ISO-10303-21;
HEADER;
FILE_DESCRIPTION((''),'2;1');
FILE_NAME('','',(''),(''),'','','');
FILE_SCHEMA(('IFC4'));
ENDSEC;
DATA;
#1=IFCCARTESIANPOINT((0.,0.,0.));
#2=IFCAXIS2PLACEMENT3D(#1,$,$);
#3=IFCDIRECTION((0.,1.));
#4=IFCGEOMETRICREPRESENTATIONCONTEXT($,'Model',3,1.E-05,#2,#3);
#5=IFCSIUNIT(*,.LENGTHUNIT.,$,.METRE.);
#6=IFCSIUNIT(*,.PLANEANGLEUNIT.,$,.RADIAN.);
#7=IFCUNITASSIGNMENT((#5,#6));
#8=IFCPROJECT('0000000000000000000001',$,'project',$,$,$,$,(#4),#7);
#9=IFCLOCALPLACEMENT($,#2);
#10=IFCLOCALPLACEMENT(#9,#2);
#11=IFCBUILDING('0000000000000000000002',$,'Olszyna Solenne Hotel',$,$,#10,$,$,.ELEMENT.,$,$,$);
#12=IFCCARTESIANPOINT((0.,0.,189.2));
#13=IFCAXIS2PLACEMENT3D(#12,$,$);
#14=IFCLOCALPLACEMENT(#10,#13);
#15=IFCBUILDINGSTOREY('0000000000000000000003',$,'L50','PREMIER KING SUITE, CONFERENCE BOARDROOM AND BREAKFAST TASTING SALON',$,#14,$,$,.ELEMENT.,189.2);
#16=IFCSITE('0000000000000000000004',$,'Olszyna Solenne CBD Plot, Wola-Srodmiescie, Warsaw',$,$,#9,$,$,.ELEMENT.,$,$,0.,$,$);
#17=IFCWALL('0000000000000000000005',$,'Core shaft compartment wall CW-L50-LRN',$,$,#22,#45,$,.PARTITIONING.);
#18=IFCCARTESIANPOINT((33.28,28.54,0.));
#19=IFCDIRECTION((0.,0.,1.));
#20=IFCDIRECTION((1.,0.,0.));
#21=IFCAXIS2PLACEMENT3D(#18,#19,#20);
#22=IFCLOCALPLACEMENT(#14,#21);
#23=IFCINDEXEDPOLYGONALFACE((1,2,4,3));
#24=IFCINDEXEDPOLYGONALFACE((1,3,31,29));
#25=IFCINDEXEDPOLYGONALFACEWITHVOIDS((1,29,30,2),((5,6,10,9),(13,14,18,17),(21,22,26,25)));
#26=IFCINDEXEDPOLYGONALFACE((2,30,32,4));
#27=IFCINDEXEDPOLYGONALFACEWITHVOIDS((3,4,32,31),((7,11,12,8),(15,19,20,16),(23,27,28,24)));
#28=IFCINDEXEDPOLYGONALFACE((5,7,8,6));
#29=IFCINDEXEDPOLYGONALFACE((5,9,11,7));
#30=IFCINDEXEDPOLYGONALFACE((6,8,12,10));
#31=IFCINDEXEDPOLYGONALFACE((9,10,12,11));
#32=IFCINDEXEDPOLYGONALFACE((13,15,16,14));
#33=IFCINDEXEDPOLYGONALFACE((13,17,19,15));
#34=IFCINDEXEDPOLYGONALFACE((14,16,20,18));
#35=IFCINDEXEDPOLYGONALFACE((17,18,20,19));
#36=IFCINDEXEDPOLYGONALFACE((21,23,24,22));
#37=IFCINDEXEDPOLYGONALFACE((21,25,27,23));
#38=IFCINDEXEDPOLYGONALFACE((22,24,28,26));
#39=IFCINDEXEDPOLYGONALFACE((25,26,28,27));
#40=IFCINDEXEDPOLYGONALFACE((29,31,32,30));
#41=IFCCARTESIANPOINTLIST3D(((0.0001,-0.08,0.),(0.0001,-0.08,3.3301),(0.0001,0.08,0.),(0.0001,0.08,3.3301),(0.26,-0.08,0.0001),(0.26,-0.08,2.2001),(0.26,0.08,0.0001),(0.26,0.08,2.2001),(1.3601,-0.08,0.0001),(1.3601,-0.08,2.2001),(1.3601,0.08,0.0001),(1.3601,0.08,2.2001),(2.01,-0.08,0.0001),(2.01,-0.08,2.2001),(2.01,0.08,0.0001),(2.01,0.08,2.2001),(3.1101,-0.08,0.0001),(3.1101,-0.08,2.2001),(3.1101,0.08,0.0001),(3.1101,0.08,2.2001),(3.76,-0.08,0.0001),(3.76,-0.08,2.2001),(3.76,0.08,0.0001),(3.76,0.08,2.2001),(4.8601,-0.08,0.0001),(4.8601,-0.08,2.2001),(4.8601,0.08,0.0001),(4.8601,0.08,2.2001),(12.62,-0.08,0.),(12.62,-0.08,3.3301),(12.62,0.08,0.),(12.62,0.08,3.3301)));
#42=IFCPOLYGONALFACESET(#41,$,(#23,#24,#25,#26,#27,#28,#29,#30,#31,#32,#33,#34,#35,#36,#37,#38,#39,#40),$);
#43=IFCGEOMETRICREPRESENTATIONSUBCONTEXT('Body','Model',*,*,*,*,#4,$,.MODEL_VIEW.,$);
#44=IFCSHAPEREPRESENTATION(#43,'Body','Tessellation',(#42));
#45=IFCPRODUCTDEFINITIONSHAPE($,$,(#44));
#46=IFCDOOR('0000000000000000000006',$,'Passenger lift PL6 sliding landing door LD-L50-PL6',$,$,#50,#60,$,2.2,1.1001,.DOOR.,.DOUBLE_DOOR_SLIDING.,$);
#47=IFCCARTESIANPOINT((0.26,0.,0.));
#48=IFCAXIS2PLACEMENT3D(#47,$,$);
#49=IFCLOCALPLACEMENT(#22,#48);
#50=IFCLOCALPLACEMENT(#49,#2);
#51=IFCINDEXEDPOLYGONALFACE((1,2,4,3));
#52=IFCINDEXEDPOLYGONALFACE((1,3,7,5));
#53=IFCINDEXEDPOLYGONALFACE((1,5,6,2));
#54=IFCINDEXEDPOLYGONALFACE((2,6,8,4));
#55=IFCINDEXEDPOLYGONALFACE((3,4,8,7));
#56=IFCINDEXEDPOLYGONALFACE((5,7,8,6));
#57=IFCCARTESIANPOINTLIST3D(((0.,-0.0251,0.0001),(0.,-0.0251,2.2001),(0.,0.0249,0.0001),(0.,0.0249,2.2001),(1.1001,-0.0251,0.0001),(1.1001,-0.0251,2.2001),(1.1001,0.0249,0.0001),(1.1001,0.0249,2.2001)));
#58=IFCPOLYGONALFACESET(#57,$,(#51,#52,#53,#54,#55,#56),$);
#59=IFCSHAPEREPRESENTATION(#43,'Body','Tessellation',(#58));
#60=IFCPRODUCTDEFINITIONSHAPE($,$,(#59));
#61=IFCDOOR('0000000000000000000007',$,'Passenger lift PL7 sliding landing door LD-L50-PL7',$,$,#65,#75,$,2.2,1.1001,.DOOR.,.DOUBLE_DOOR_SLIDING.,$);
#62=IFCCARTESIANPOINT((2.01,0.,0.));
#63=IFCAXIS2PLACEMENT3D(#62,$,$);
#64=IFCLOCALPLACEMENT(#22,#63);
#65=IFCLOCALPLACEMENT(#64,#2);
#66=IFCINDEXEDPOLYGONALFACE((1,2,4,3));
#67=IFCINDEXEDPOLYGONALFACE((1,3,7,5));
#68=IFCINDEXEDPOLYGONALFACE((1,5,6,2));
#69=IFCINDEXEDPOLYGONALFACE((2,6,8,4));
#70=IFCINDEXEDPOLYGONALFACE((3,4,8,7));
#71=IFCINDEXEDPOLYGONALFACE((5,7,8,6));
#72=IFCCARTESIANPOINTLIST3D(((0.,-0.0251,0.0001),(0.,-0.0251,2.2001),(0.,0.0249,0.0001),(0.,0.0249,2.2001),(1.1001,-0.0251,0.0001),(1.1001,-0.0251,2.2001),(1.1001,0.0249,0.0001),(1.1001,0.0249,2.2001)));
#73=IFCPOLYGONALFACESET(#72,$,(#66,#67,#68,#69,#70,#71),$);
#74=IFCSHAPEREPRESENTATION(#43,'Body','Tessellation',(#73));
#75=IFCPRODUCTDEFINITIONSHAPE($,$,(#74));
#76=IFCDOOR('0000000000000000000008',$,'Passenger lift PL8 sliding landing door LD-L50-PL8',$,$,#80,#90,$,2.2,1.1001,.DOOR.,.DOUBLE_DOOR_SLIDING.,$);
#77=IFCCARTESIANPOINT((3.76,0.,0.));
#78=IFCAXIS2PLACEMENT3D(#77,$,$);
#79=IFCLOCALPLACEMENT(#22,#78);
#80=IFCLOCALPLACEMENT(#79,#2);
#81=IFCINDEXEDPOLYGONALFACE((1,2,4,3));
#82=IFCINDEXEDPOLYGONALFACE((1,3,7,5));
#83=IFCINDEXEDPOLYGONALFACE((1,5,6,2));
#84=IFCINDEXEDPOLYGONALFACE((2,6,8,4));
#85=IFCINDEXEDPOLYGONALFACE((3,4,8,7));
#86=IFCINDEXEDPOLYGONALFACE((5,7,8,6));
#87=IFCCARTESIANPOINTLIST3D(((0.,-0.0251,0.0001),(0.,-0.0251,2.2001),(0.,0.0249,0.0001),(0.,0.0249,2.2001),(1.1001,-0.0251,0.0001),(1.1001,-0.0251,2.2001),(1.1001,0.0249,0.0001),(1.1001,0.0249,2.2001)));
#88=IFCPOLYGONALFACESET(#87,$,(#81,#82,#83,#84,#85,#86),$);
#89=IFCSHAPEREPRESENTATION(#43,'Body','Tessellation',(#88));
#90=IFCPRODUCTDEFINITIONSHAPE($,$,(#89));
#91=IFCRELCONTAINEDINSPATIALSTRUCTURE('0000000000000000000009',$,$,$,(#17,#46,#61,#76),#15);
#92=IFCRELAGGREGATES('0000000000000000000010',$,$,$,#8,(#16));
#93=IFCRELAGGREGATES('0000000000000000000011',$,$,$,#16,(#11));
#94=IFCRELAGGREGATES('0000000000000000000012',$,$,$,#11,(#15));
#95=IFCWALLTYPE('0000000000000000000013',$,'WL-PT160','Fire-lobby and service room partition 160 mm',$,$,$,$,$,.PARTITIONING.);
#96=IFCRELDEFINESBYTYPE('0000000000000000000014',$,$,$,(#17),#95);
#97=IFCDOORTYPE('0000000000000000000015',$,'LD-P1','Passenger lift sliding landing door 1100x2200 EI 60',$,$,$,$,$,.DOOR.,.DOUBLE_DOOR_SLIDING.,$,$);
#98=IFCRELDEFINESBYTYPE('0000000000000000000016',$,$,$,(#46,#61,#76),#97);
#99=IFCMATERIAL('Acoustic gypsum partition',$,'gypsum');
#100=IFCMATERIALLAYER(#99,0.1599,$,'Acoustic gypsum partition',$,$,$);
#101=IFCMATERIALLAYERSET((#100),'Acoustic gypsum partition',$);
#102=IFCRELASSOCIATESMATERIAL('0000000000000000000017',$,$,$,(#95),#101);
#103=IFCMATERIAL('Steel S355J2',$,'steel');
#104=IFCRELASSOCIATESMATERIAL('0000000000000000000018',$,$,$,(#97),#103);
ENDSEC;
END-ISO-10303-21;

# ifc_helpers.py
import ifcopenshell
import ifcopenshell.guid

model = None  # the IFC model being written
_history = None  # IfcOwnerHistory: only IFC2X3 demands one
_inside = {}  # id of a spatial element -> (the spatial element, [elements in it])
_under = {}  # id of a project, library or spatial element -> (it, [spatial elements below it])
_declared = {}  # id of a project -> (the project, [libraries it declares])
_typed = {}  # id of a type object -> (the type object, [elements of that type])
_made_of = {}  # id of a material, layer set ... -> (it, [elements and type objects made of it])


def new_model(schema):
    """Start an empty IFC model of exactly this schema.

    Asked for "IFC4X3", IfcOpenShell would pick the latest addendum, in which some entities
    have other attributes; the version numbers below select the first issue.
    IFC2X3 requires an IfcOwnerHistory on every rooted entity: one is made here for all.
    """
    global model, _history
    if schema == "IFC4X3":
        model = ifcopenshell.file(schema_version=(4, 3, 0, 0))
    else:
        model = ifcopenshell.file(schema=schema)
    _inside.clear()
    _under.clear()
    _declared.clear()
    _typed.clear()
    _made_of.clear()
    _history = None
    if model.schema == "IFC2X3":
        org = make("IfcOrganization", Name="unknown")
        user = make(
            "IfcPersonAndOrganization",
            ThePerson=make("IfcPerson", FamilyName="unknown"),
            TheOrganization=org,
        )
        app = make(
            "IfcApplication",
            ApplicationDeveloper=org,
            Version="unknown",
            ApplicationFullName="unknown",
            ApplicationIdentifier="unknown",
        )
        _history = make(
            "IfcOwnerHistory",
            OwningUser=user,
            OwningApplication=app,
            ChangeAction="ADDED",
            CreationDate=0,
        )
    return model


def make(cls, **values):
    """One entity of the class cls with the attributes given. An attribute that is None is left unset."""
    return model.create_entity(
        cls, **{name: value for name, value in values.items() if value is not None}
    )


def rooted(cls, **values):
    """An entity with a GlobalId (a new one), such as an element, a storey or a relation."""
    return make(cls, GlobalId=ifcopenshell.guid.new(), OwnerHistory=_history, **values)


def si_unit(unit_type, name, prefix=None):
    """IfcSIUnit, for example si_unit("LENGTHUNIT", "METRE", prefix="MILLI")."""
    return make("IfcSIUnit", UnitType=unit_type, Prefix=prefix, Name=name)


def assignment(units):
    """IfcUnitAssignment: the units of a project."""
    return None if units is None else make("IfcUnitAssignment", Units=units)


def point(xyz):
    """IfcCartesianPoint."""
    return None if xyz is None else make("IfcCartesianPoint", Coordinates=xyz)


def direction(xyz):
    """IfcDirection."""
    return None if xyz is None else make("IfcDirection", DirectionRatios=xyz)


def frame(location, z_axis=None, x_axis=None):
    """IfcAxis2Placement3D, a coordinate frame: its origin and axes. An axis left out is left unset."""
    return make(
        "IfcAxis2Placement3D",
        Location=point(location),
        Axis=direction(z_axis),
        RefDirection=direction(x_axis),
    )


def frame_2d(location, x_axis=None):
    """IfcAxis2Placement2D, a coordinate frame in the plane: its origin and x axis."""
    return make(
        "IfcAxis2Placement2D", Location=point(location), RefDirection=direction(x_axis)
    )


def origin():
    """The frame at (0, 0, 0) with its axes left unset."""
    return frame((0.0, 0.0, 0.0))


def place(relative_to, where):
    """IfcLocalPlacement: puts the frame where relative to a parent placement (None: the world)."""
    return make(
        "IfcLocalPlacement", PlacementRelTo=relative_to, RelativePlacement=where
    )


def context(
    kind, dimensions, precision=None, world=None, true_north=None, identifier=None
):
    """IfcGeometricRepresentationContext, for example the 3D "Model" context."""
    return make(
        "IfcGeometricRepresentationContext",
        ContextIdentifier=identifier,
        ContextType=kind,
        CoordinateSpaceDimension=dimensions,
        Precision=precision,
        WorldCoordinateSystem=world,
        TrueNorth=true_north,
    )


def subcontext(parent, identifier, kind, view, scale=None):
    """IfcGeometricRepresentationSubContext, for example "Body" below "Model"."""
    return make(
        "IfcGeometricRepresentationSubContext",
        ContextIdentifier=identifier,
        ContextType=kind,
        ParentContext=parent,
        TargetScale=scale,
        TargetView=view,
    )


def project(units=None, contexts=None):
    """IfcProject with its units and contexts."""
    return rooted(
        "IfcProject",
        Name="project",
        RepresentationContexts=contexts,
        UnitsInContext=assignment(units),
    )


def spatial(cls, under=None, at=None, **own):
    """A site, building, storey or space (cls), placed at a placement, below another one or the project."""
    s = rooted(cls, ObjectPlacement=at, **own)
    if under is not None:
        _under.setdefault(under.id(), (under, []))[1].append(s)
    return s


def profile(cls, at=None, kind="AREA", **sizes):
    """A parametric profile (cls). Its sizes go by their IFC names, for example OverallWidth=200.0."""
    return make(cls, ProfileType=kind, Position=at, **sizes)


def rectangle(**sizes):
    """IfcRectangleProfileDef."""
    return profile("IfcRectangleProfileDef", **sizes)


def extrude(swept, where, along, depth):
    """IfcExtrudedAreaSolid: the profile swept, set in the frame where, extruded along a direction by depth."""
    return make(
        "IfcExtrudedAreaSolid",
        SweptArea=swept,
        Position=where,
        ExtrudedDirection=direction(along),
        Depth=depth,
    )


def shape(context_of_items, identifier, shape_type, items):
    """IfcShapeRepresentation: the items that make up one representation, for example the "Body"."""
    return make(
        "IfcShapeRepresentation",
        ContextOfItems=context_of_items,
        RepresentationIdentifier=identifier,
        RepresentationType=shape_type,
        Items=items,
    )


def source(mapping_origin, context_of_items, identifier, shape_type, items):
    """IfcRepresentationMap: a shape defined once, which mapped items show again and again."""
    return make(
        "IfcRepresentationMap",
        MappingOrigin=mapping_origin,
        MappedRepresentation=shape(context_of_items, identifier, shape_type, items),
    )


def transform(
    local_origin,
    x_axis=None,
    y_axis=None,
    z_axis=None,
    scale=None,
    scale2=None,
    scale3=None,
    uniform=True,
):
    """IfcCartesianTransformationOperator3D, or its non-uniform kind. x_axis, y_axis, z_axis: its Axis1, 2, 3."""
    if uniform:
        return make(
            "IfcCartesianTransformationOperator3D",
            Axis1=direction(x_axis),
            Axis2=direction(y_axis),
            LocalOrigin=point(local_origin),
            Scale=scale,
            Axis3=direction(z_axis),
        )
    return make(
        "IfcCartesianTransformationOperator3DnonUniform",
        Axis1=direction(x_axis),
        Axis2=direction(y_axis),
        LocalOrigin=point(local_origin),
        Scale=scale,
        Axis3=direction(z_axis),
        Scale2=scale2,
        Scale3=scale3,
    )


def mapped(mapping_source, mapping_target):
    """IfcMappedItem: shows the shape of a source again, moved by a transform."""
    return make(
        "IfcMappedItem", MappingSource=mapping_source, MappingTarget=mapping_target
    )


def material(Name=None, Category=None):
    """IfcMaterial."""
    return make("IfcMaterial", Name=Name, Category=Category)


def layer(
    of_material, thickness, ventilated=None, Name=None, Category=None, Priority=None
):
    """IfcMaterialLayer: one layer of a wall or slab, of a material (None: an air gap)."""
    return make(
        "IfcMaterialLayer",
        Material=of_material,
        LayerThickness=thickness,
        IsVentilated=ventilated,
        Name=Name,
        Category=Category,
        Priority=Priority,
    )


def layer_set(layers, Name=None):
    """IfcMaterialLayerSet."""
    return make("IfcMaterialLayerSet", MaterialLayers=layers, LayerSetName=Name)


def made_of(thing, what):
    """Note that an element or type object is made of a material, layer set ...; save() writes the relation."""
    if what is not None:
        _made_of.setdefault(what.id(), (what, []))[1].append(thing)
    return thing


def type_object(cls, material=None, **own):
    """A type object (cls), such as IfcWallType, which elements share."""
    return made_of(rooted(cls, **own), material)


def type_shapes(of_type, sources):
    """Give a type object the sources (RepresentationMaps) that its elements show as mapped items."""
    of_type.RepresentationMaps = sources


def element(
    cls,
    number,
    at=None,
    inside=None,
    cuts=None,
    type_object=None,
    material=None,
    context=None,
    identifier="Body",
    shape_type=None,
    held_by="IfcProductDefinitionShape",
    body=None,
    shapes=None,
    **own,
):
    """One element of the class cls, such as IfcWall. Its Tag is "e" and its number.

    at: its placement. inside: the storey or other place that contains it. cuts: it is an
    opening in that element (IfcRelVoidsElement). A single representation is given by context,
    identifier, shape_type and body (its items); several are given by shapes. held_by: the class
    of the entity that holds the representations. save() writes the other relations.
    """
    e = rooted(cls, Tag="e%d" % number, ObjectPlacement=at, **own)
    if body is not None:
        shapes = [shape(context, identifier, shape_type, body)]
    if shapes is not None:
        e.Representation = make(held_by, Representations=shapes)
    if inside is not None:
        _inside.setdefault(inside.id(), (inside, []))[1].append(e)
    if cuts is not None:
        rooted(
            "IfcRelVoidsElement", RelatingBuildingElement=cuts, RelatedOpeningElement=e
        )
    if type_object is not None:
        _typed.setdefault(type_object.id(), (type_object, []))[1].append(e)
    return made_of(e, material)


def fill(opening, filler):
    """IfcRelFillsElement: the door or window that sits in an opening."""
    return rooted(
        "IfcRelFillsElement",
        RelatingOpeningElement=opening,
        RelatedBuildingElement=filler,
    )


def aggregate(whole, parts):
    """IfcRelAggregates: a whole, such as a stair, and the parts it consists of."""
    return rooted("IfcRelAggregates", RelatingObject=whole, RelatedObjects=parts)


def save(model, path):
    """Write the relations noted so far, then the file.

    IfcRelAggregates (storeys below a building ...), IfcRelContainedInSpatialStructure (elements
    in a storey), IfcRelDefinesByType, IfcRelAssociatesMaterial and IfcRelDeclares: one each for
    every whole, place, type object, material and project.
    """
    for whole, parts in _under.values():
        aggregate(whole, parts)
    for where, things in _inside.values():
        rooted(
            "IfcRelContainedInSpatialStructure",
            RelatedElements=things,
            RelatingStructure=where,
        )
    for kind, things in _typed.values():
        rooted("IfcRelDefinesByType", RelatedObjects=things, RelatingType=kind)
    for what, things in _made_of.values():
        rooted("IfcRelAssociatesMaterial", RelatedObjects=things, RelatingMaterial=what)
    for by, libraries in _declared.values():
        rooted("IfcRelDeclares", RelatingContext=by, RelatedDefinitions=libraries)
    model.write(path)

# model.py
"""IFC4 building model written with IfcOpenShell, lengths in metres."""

from ifc_helpers import new_model, si_unit, direction, frame, frame_2d, origin, place, context, subcontext, project, spatial, rectangle, extrude, source, transform, mapped, material, layer, layer_set, type_object, type_shapes, element, fill, save


model = new_model("IFC4")

# Units and contexts
model_context = context("Model", 3, precision=1e-05, world=origin(), true_north=direction((0.0, 1.0)))
body_context = subcontext(model_context, "Body", "Model", "MODEL_VIEW")
ifc_project = project(units=[si_unit("LENGTHUNIT", "METRE"), si_unit("PLANEANGLEUNIT", "RADIAN")], contexts=[model_context])

# Site, building, storey
site_placement = place(None, origin())
site = spatial("IfcSite", under=ifc_project, at=site_placement, Name="Olszyna Solenne CBD Plot, Wola-Srodmiescie, Warsaw", CompositionType="ELEMENT", RefElevation=0.0)
building_placement = place(site_placement, origin())
building = spatial("IfcBuilding", under=site, at=building_placement, Name="Olszyna Solenne Hotel", CompositionType="ELEMENT")
storey_placement = place(building_placement, frame((0.0, 0.0, 189.2)))
storey = spatial("IfcBuildingStorey", under=building, at=storey_placement, Name="L50", Description="PREMIER KING SUITE, CONFERENCE BOARDROOM AND BREAKFAST TASTING SALON", CompositionType="ELEMENT", Elevation=189.2)

# Shared definitions
ifc_material_1 = material(Name="Steel S355J2", Category="steel")

# Shared definitions
ifc_material_2 = material(Name="Acoustic gypsum partition", Category="gypsum")

# Shared definitions
ifc_layer_1 = layer(ifc_material_2, 0.1599, Name="Acoustic gypsum partition")
ifc_layer_set_1 = layer_set([ifc_layer_1], Name="Acoustic gypsum partition")
wall_type_1 = type_object("IfcWallType", Name="WL-PT160", Description="Fire-lobby and service room partition 160 mm", PredefinedType="PARTITIONING", material=ifc_layer_set_1)

# Shared definitions
door_type_1 = type_object("IfcDoorType", Name="LD-P1", Description="Passenger lift sliding landing door 1100x2200 EI 60", OperationType="DOUBLE_DOOR_SLIDING", PredefinedType="DOOR", material=ifc_material_1)
shared_shape_1 = source(origin(), body_context, "Body", "SweptSolid", [
    extrude(rectangle(XDim=1.1001, YDim=2.2, at=frame_2d((0.55, 1.1001))), frame((0.0, 0.0249, 0.0), z_axis=(0.0, -1.0, 0.0), x_axis=(1.0, 0.0, 0.0)), (0.0, 0.0, 1.0), 0.05),
])
type_shapes(door_type_1, [shared_shape_1])

# Wall, openings, doors
wall_1_placement = place(storey_placement, frame((33.28, 28.54, 0.0), z_axis=(0.0, 0.0, 1.0), x_axis=(1.0, 0.0, 0.0)))
wall_1 = element("IfcWall", 1, at=wall_1_placement, inside=storey, type_object=wall_type_1, Name="Core shaft compartment wall CW-L50-LRN", PredefinedType="PARTITIONING", context=body_context, shape_type="SweptSolid", body=[
    extrude(rectangle(XDim=12.6199, YDim=0.1599, at=frame_2d((6.3101, 0.0))), origin(), (0.0, 0.0, 1.0), 3.3301),
])
opening_1_placement = place(wall_1_placement, frame((0.26, 0.0, 0.0)))
opening_1 = element("IfcOpeningElement", 2, at=opening_1_placement, cuts=wall_1, PredefinedType="OPENING", context=body_context, shape_type="SweptSolid", body=[
    extrude(rectangle(XDim=1.1001, YDim=2.2, at=frame_2d((0.55, 1.1001))), frame((0.0, 0.0898, 0.0), z_axis=(0.0, -1.0, 0.0), x_axis=(1.0, 0.0, 0.0)), (0.0, 0.0, 1.0), 0.1799),
])
opening_2_placement = place(wall_1_placement, frame((2.01, 0.0, 0.0)))
opening_2 = element("IfcOpeningElement", 3, at=opening_2_placement, cuts=wall_1, PredefinedType="OPENING", context=body_context, shape_type="SweptSolid", body=[
    extrude(rectangle(XDim=1.1001, YDim=2.2, at=frame_2d((0.55, 1.1001))), frame((0.0, 0.0898, 0.0), z_axis=(0.0, -1.0, 0.0), x_axis=(1.0, 0.0, 0.0)), (0.0, 0.0, 1.0), 0.1799),
])
opening_3_placement = place(wall_1_placement, frame((3.76, 0.0, 0.0)))
opening_3 = element("IfcOpeningElement", 4, at=opening_3_placement, cuts=wall_1, PredefinedType="OPENING", context=body_context, shape_type="SweptSolid", body=[
    extrude(rectangle(XDim=1.1001, YDim=2.2, at=frame_2d((0.55, 1.1001))), frame((0.0, 0.0898, 0.0), z_axis=(0.0, -1.0, 0.0), x_axis=(1.0, 0.0, 0.0)), (0.0, 0.0, 1.0), 0.1799),
])
door_1_placement = place(opening_1_placement, origin())
door_1 = element("IfcDoor", 5, at=door_1_placement, inside=storey, type_object=door_type_1, Name="Passenger lift PL6 sliding landing door LD-L50-PL6", OperationType="DOUBLE_DOOR_SLIDING", OverallHeight=2.2, OverallWidth=1.1001, PredefinedType="DOOR", context=body_context, shape_type="MappedRepresentation", body=[
    mapped(shared_shape_1, transform((0.0, 0.0, 0.0), x_axis=(1.0, 0.0, 0.0), y_axis=(0.0, 1.0, 0.0), z_axis=(0.0, 0.0, 1.0), scale=1.0)),
])
fill(opening_1, door_1)
door_2_placement = place(opening_2_placement, origin())
door_2 = element("IfcDoor", 6, at=door_2_placement, inside=storey, type_object=door_type_1, Name="Passenger lift PL7 sliding landing door LD-L50-PL7", OperationType="DOUBLE_DOOR_SLIDING", OverallHeight=2.2, OverallWidth=1.1001, PredefinedType="DOOR", context=body_context, shape_type="MappedRepresentation", body=[
    mapped(shared_shape_1, transform((0.0, 0.0, 0.0), x_axis=(1.0, 0.0, 0.0), y_axis=(0.0, 1.0, 0.0), z_axis=(0.0, 0.0, 1.0), scale=1.0)),
])
fill(opening_2, door_2)
door_3_placement = place(opening_3_placement, origin())
door_3 = element("IfcDoor", 7, at=door_3_placement, inside=storey, type_object=door_type_1, Name="Passenger lift PL8 sliding landing door LD-L50-PL8", OperationType="DOUBLE_DOOR_SLIDING", OverallHeight=2.2, OverallWidth=1.1001, PredefinedType="DOOR", context=body_context, shape_type="MappedRepresentation", body=[
    mapped(shared_shape_1, transform((0.0, 0.0, 0.0), x_axis=(1.0, 0.0, 0.0), y_axis=(0.0, 1.0, 0.0), z_axis=(0.0, 0.0, 1.0), scale=1.0)),
])
fill(opening_3, door_3)

save(model, "model.ifc")
